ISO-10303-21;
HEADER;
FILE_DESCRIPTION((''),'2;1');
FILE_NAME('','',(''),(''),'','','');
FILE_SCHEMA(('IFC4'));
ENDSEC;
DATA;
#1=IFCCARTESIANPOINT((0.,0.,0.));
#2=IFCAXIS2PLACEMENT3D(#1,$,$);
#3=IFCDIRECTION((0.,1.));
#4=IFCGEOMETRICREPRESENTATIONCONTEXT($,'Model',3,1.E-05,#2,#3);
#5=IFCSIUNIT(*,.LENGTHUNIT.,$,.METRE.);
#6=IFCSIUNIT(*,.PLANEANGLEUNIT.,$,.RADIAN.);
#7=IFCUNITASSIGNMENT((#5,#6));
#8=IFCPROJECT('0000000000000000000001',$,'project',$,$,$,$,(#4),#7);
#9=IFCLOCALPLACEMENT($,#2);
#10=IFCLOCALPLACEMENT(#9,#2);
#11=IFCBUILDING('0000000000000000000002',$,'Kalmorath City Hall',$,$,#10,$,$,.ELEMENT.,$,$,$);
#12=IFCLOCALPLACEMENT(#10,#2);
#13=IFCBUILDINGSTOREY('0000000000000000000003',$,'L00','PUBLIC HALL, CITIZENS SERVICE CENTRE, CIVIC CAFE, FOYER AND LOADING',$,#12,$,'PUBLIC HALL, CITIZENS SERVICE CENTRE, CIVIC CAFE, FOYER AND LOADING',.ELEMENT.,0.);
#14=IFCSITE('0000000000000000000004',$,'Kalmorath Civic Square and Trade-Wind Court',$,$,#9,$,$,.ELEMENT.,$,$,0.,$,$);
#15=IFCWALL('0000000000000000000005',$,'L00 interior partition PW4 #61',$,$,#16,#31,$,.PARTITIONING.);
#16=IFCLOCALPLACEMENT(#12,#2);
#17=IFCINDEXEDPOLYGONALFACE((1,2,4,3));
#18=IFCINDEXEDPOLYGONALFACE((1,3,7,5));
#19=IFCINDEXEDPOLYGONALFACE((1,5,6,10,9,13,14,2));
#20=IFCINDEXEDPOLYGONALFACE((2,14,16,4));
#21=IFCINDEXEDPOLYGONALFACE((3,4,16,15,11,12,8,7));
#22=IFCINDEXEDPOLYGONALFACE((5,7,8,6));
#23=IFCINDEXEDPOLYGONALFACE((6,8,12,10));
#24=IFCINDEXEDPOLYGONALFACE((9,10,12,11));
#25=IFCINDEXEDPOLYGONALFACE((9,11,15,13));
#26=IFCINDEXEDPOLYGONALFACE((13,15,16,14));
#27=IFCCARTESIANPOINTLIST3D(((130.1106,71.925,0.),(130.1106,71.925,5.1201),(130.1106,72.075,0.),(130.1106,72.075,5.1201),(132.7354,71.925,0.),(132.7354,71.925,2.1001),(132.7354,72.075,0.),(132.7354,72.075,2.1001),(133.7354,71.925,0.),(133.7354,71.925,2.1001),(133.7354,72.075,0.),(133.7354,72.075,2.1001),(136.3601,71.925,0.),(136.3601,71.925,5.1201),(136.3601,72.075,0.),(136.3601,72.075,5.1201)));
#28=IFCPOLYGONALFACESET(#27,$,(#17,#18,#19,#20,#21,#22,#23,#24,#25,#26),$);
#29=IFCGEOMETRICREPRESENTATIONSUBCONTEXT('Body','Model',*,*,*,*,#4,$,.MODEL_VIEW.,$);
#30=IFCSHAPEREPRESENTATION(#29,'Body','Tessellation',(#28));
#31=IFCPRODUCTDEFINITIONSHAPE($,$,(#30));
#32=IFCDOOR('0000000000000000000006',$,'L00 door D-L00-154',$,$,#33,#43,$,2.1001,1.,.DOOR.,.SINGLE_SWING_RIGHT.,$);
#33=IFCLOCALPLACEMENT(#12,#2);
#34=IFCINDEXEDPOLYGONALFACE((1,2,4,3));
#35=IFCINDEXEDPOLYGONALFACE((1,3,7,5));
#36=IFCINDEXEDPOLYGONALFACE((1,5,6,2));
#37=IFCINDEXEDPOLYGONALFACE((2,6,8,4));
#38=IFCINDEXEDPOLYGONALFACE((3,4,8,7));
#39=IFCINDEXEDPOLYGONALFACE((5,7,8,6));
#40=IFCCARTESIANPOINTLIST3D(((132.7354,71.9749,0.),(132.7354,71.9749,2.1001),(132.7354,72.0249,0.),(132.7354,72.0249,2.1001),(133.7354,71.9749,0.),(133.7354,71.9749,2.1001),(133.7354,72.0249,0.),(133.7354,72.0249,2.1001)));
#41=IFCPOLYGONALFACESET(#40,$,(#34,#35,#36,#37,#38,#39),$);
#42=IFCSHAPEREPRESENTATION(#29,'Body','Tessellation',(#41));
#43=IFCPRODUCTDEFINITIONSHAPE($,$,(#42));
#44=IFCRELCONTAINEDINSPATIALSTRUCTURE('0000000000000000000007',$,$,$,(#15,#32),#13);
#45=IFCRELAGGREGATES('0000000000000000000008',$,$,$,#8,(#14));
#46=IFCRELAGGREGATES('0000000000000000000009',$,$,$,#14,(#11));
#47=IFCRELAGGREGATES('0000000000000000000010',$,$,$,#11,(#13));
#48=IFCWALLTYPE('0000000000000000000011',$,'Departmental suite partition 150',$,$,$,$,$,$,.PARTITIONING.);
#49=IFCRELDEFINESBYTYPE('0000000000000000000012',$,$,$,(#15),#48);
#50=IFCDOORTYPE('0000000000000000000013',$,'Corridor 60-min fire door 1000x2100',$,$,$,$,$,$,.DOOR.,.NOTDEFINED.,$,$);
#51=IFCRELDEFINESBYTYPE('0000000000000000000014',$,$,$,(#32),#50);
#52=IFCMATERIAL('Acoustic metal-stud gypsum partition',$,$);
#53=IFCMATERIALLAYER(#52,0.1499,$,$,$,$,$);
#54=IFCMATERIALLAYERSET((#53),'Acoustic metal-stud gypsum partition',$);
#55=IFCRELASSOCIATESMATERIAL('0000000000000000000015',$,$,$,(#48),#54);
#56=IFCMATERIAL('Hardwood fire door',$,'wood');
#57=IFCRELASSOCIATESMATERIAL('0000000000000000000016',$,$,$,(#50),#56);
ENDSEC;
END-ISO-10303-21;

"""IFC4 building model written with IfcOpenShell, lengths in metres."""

from ifc_helpers import new_model, si_unit, direction, frame, frame_2d, origin, place, context, subcontext, project, spatial, rectangle, extrude, material, layer, layer_set, type_object, element, fill, save


model = new_model("IFC4")

# Units and contexts
model_context = context("Model", 3, precision=1e-05, world=origin(), true_north=direction((0.0, 1.0)))
body_context = subcontext(model_context, "Body", "Model", "MODEL_VIEW")
ifc_project = project(units=[si_unit("LENGTHUNIT", "METRE"), si_unit("PLANEANGLEUNIT", "RADIAN")], contexts=[model_context])

# Site, building, storey
site_placement = place(None, origin())
site = spatial("IfcSite", under=ifc_project, at=site_placement, Name="Kalmorath Civic Square and Trade-Wind Court", CompositionType="ELEMENT", RefElevation=0.0)
building_placement = place(site_placement, origin())
building = spatial("IfcBuilding", under=site, at=building_placement, Name="Kalmorath City Hall", CompositionType="ELEMENT")
storey_placement = place(building_placement, origin())
storey = spatial("IfcBuildingStorey", under=building, at=storey_placement, Name="L00", Description="PUBLIC HALL, CITIZENS SERVICE CENTRE, CIVIC CAFE, FOYER AND LOADING", LongName="PUBLIC HALL, CITIZENS SERVICE CENTRE, CIVIC CAFE, FOYER AND LOADING", CompositionType="ELEMENT", Elevation=0.0)

# Wall, opening, door
ifc_material_1 = material(Name="Acoustic metal-stud gypsum partition")
ifc_layer_1 = layer(ifc_material_1, 0.1499)
ifc_layer_set_1 = layer_set([ifc_layer_1], Name="Acoustic metal-stud gypsum partition")
wall_type = type_object("IfcWallType", Name="Departmental suite partition 150", PredefinedType="PARTITIONING", material=ifc_layer_set_1)
wall_placement = place(storey_placement, frame((130.1106, 72.0, 0.0), z_axis=(0.0, 0.0, 1.0), x_axis=(1.0, 0.0, 0.0)))
wall = element("IfcWall", 1, at=wall_placement, inside=storey, type_object=wall_type, Name="L00 interior partition PW4 #61", PredefinedType="PARTITIONING", context=body_context, shape_type="SweptSolid", body=[
    extrude(rectangle(XDim=6.2495, YDim=0.1499, at=frame_2d((3.1248, 0.0))), origin(), (0.0, 0.0, 1.0), 5.1201),
])
opening_placement = place(wall_placement, frame((2.6248, 0.0, 0.0)))
opening = element("IfcOpeningElement", 2, at=opening_placement, cuts=wall, PredefinedType="OPENING", context=body_context, shape_type="SweptSolid", body=[
    extrude(rectangle(XDim=1.0, YDim=2.1001, at=frame_2d((0.5, 1.05))), frame((0.0, 0.085, 0.0), z_axis=(0.0, -1.0, 0.0), x_axis=(1.0, 0.0, 0.0)), (0.0, 0.0, 1.0), 0.1699),
])
ifc_material_2 = material(Name="Hardwood fire door", Category="wood")
door_type = type_object("IfcDoorType", Name="Corridor 60-min fire door 1000x2100", OperationType="NOTDEFINED", PredefinedType="DOOR", material=ifc_material_2)
door_placement = place(opening_placement, origin())
door = element("IfcDoor", 3, at=door_placement, inside=storey, type_object=door_type, Name="L00 door D-L00-154", OperationType="SINGLE_SWING_RIGHT", OverallHeight=2.1001, OverallWidth=1.0, PredefinedType="DOOR", context=body_context, shape_type="SweptSolid", body=[
    extrude(rectangle(XDim=1.0, YDim=2.1001, at=frame_2d((0.5, 1.05))), frame((0.0, 0.0249, 0.0), z_axis=(0.0, -1.0, 0.0), x_axis=(1.0, 0.0, 0.0)), (0.0, 0.0, 1.0), 0.05),
])
fill(opening, door)

save(model, "model.ifc")
